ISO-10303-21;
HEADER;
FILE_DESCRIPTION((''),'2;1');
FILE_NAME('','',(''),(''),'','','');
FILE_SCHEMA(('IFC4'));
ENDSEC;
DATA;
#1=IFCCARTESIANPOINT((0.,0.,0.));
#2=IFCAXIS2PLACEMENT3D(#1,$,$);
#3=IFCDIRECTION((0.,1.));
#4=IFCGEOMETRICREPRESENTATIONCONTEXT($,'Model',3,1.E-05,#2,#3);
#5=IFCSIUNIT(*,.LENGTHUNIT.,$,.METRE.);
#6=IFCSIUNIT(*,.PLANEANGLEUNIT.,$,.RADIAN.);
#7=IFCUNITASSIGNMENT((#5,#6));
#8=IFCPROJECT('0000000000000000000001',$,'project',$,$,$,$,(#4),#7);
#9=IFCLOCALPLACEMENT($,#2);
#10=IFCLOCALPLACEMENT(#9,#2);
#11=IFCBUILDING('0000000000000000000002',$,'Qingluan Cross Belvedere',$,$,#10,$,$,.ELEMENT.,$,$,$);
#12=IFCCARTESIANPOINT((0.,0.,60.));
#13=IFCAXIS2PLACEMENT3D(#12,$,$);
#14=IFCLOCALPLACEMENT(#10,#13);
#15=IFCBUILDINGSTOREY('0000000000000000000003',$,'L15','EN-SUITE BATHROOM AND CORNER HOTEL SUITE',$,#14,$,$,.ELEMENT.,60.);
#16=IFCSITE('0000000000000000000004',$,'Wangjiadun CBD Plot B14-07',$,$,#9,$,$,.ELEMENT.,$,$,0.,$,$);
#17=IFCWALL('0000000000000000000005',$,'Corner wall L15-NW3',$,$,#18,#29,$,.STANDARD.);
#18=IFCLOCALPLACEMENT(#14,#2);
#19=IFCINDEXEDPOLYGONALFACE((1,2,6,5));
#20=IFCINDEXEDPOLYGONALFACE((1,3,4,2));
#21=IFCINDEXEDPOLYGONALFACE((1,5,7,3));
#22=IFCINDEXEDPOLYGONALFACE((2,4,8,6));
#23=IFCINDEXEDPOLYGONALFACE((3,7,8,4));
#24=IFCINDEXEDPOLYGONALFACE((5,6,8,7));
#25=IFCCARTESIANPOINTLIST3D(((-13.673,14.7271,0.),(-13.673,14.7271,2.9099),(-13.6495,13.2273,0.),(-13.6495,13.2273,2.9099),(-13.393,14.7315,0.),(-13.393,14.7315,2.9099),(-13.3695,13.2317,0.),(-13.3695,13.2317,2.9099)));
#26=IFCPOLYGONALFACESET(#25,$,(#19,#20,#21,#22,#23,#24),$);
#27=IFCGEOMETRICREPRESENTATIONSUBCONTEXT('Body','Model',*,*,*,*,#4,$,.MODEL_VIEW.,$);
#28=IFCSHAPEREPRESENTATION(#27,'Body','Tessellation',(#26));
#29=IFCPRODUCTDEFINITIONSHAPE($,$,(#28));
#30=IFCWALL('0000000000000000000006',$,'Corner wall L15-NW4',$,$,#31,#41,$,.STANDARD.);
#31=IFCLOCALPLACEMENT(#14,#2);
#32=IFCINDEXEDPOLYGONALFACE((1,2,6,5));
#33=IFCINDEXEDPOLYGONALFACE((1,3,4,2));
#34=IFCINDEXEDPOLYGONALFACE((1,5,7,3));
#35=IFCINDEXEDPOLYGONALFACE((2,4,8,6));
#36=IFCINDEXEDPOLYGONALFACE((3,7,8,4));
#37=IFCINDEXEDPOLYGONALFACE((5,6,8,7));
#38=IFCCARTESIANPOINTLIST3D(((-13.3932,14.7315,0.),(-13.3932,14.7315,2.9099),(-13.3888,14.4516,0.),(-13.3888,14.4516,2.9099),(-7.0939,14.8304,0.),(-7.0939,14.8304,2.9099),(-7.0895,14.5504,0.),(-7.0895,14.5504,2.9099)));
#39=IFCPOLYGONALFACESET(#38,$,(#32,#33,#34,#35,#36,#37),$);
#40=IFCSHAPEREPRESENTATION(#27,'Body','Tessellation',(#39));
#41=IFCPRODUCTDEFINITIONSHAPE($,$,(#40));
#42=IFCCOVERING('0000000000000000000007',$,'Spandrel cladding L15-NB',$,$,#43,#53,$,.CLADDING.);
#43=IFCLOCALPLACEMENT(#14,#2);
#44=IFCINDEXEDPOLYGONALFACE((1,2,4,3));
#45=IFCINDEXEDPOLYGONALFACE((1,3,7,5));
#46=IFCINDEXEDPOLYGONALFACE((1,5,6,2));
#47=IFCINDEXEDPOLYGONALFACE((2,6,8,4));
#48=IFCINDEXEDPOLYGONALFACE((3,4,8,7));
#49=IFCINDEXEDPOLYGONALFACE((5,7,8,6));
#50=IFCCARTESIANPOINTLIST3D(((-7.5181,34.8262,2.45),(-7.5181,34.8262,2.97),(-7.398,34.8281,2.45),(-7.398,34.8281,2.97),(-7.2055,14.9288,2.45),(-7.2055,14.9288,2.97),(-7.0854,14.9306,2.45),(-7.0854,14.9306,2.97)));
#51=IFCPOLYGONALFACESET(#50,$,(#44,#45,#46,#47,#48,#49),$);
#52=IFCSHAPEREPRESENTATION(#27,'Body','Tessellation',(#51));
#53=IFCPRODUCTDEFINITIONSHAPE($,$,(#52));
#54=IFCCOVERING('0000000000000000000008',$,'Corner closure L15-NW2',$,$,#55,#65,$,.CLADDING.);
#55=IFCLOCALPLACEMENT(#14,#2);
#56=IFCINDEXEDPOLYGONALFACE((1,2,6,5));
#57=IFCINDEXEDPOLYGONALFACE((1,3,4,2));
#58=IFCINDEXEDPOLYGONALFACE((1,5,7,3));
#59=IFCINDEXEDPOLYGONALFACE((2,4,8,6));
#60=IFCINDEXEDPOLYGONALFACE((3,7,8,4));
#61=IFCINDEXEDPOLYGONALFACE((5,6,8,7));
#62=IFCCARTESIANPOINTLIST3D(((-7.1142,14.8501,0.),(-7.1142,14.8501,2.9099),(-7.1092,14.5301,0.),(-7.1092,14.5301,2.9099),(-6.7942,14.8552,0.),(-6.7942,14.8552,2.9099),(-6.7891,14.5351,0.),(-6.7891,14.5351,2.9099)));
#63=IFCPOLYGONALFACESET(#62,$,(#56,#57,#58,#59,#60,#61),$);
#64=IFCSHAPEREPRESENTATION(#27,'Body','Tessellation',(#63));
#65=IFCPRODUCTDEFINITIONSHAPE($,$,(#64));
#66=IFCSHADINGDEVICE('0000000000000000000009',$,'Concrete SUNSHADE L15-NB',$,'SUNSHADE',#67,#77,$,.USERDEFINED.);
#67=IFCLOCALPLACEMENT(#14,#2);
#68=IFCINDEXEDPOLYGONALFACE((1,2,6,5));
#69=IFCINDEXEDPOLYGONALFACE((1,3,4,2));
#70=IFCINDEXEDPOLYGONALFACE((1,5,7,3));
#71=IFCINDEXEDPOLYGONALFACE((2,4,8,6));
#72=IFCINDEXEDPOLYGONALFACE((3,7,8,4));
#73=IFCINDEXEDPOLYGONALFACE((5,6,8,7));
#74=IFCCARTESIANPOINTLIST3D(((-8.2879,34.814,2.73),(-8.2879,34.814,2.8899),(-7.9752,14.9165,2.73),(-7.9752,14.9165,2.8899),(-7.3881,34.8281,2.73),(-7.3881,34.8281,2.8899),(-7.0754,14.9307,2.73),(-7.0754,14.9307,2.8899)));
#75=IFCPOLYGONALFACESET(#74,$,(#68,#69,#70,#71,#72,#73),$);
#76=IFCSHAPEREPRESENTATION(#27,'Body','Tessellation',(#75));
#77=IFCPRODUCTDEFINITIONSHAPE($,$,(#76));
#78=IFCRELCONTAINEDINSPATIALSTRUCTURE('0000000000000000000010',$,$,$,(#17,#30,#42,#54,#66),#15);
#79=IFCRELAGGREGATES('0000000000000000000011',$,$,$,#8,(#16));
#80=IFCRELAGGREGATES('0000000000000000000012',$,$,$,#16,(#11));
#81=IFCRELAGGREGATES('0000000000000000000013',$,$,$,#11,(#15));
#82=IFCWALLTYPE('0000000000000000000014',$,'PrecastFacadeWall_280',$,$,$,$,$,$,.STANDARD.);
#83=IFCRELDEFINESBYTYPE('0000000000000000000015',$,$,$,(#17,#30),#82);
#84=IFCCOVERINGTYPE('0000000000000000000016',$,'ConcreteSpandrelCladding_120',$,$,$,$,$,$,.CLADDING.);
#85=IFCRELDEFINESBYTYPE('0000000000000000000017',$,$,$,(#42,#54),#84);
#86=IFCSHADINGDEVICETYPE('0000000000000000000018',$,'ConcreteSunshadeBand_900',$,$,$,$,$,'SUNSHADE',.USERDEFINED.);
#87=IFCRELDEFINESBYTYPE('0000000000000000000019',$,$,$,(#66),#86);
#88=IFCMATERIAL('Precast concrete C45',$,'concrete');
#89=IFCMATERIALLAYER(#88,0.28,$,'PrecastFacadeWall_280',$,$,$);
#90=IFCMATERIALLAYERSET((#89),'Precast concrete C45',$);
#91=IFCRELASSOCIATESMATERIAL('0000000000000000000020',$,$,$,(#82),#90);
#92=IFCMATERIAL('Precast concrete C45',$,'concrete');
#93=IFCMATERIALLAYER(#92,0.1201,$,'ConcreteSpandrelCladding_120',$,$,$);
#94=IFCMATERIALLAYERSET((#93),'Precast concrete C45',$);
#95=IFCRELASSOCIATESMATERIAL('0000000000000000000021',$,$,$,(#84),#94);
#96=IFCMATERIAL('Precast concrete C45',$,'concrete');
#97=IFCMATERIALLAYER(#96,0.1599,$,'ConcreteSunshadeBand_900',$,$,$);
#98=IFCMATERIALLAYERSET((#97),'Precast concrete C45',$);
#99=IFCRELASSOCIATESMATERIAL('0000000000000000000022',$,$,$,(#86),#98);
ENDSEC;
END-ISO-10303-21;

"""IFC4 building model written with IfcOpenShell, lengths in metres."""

from ifc_helpers import new_model, si_unit, direction, frame, frame_2d, origin, origin_2d, place, context, subcontext, project, spatial, rectangle, extrude, material, layer, layer_set, type_object, element, save


model = new_model("IFC4")

# Units and contexts
model_context = context("Model", 3, precision=1e-05, world=origin(), true_north=direction((0.0, 1.0)))
body_context = subcontext(model_context, "Body", "Model", "MODEL_VIEW")
ifc_project = project(units=[si_unit("LENGTHUNIT", "METRE"), si_unit("PLANEANGLEUNIT", "RADIAN")], contexts=[model_context])

# Site, building, storey
site_placement = place(None, origin())
site = spatial("IfcSite", under=ifc_project, at=site_placement, Name="Wangjiadun CBD Plot B14-07", CompositionType="ELEMENT", RefElevation=0.0)
building_placement = place(site_placement, origin())
building = spatial("IfcBuilding", under=site, at=building_placement, Name="Qingluan Cross Belvedere", CompositionType="ELEMENT")
storey_placement = place(building_placement, frame((0.0, 0.0, 60.0)))
storey = spatial("IfcBuildingStorey", under=building, at=storey_placement, Name="L15", Description="EN-SUITE BATHROOM AND CORNER HOTEL SUITE", CompositionType="ELEMENT", Elevation=60.0)

# Shared definitions
ifc_material_1 = material(Name="Precast concrete C45", Category="concrete")
ifc_layer_1 = layer(ifc_material_1, 0.28, Name="PrecastFacadeWall_280")
ifc_layer_set_1 = layer_set([ifc_layer_1], Name="Precast concrete C45")
wall_type_1 = type_object("IfcWallType", Name="PrecastFacadeWall_280", PredefinedType="STANDARD", material=ifc_layer_set_1)

# Walls
wall_1_placement = place(storey_placement, frame((-13.5095, 13.2295, 0.0), z_axis=(0.0, 0.0, 1.0), x_axis=(-0.015626, 0.999878, 0.0)))
element("IfcWall", 1, at=wall_1_placement, inside=storey, type_object=wall_type_1, Name="Corner wall L15-NW3", PredefinedType="STANDARD", context=body_context, shape_type="SweptSolid", body=[
    extrude(rectangle(XDim=1.5, YDim=0.28, at=frame_2d((0.75, 0.0))), origin(), (0.0, 0.0, 1.0), 2.9099),
])
wall_2_placement = place(storey_placement, frame((-13.3909, 14.5916, 0.0), z_axis=(0.0, 0.0, 1.0), x_axis=(0.999877, 0.015695, 0.0)))
element("IfcWall", 2, at=wall_2_placement, inside=storey, type_object=wall_type_1, Name="Corner wall L15-NW4", PredefinedType="STANDARD", context=body_context, shape_type="SweptSolid", body=[
    extrude(rectangle(XDim=6.3, YDim=0.28, at=frame_2d((3.1499, 0.0))), origin(), (0.0, 0.0, 1.0), 2.9099),
])

# Coverings
ifc_material_2 = material(Name="Precast concrete C45", Category="concrete")
ifc_layer_2 = layer(ifc_material_2, 0.1201, Name="ConcreteSpandrelCladding_120")
ifc_layer_set_2 = layer_set([ifc_layer_2], Name="Precast concrete C45")
covering_type = type_object("IfcCoveringType", Name="ConcreteSpandrelCladding_120", PredefinedType="CLADDING", material=ifc_layer_set_2)
covering_1_placement = place(storey_placement, frame((-7.3018, 24.8784, 2.45), z_axis=(0.0, 0.0, 1.0), x_axis=(0.015711, -0.999877, 0.0)))
element("IfcCovering", 3, at=covering_1_placement, inside=storey, type_object=covering_type, Name="Spandrel cladding L15-NB", PredefinedType="CLADDING", context=body_context, shape_type="SweptSolid", body=[
    extrude(rectangle(XDim=19.8999, YDim=0.1201, at=origin_2d()), origin(), (0.0, 0.0, 1.0), 0.52),
])
covering_2_placement = place(storey_placement, frame((-6.9517, 14.6926, 0.0), z_axis=(0.0, 0.0, 1.0), x_axis=(0.999877, 0.015707, 0.0)))
element("IfcCovering", 4, at=covering_2_placement, inside=storey, type_object=covering_type, Name="Corner closure L15-NW2", PredefinedType="CLADDING", context=body_context, shape_type="SweptSolid", body=[
    extrude(rectangle(XDim=0.3201, YDim=0.3201, at=origin_2d()), origin(), (0.0, 0.0, 1.0), 2.9099),
])

# Shading device
ifc_material_3 = material(Name="Precast concrete C45", Category="concrete")
ifc_layer_3 = layer(ifc_material_3, 0.1599, Name="ConcreteSunshadeBand_900")
ifc_layer_set_3 = layer_set([ifc_layer_3], Name="Precast concrete C45")
shading_device_type = type_object("IfcShadingDeviceType", Name="ConcreteSunshadeBand_900", ElementType="SUNSHADE", PredefinedType="USERDEFINED", material=ifc_layer_set_3)
shading_device_placement = place(storey_placement, frame((-7.6816, 24.8723, 2.73), z_axis=(0.0, 0.0, 1.0), x_axis=(0.015711, -0.999877, 0.0)))
element("IfcShadingDevice", 5, at=shading_device_placement, inside=storey, type_object=shading_device_type, Name="Concrete SUNSHADE L15-NB", ObjectType="SUNSHADE", PredefinedType="USERDEFINED", context=body_context, shape_type="SweptSolid", body=[
    extrude(rectangle(XDim=19.8999, YDim=0.8999, at=origin_2d()), origin(), (0.0, 0.0, 1.0), 0.1599),
])

save(model, "model.ifc")
